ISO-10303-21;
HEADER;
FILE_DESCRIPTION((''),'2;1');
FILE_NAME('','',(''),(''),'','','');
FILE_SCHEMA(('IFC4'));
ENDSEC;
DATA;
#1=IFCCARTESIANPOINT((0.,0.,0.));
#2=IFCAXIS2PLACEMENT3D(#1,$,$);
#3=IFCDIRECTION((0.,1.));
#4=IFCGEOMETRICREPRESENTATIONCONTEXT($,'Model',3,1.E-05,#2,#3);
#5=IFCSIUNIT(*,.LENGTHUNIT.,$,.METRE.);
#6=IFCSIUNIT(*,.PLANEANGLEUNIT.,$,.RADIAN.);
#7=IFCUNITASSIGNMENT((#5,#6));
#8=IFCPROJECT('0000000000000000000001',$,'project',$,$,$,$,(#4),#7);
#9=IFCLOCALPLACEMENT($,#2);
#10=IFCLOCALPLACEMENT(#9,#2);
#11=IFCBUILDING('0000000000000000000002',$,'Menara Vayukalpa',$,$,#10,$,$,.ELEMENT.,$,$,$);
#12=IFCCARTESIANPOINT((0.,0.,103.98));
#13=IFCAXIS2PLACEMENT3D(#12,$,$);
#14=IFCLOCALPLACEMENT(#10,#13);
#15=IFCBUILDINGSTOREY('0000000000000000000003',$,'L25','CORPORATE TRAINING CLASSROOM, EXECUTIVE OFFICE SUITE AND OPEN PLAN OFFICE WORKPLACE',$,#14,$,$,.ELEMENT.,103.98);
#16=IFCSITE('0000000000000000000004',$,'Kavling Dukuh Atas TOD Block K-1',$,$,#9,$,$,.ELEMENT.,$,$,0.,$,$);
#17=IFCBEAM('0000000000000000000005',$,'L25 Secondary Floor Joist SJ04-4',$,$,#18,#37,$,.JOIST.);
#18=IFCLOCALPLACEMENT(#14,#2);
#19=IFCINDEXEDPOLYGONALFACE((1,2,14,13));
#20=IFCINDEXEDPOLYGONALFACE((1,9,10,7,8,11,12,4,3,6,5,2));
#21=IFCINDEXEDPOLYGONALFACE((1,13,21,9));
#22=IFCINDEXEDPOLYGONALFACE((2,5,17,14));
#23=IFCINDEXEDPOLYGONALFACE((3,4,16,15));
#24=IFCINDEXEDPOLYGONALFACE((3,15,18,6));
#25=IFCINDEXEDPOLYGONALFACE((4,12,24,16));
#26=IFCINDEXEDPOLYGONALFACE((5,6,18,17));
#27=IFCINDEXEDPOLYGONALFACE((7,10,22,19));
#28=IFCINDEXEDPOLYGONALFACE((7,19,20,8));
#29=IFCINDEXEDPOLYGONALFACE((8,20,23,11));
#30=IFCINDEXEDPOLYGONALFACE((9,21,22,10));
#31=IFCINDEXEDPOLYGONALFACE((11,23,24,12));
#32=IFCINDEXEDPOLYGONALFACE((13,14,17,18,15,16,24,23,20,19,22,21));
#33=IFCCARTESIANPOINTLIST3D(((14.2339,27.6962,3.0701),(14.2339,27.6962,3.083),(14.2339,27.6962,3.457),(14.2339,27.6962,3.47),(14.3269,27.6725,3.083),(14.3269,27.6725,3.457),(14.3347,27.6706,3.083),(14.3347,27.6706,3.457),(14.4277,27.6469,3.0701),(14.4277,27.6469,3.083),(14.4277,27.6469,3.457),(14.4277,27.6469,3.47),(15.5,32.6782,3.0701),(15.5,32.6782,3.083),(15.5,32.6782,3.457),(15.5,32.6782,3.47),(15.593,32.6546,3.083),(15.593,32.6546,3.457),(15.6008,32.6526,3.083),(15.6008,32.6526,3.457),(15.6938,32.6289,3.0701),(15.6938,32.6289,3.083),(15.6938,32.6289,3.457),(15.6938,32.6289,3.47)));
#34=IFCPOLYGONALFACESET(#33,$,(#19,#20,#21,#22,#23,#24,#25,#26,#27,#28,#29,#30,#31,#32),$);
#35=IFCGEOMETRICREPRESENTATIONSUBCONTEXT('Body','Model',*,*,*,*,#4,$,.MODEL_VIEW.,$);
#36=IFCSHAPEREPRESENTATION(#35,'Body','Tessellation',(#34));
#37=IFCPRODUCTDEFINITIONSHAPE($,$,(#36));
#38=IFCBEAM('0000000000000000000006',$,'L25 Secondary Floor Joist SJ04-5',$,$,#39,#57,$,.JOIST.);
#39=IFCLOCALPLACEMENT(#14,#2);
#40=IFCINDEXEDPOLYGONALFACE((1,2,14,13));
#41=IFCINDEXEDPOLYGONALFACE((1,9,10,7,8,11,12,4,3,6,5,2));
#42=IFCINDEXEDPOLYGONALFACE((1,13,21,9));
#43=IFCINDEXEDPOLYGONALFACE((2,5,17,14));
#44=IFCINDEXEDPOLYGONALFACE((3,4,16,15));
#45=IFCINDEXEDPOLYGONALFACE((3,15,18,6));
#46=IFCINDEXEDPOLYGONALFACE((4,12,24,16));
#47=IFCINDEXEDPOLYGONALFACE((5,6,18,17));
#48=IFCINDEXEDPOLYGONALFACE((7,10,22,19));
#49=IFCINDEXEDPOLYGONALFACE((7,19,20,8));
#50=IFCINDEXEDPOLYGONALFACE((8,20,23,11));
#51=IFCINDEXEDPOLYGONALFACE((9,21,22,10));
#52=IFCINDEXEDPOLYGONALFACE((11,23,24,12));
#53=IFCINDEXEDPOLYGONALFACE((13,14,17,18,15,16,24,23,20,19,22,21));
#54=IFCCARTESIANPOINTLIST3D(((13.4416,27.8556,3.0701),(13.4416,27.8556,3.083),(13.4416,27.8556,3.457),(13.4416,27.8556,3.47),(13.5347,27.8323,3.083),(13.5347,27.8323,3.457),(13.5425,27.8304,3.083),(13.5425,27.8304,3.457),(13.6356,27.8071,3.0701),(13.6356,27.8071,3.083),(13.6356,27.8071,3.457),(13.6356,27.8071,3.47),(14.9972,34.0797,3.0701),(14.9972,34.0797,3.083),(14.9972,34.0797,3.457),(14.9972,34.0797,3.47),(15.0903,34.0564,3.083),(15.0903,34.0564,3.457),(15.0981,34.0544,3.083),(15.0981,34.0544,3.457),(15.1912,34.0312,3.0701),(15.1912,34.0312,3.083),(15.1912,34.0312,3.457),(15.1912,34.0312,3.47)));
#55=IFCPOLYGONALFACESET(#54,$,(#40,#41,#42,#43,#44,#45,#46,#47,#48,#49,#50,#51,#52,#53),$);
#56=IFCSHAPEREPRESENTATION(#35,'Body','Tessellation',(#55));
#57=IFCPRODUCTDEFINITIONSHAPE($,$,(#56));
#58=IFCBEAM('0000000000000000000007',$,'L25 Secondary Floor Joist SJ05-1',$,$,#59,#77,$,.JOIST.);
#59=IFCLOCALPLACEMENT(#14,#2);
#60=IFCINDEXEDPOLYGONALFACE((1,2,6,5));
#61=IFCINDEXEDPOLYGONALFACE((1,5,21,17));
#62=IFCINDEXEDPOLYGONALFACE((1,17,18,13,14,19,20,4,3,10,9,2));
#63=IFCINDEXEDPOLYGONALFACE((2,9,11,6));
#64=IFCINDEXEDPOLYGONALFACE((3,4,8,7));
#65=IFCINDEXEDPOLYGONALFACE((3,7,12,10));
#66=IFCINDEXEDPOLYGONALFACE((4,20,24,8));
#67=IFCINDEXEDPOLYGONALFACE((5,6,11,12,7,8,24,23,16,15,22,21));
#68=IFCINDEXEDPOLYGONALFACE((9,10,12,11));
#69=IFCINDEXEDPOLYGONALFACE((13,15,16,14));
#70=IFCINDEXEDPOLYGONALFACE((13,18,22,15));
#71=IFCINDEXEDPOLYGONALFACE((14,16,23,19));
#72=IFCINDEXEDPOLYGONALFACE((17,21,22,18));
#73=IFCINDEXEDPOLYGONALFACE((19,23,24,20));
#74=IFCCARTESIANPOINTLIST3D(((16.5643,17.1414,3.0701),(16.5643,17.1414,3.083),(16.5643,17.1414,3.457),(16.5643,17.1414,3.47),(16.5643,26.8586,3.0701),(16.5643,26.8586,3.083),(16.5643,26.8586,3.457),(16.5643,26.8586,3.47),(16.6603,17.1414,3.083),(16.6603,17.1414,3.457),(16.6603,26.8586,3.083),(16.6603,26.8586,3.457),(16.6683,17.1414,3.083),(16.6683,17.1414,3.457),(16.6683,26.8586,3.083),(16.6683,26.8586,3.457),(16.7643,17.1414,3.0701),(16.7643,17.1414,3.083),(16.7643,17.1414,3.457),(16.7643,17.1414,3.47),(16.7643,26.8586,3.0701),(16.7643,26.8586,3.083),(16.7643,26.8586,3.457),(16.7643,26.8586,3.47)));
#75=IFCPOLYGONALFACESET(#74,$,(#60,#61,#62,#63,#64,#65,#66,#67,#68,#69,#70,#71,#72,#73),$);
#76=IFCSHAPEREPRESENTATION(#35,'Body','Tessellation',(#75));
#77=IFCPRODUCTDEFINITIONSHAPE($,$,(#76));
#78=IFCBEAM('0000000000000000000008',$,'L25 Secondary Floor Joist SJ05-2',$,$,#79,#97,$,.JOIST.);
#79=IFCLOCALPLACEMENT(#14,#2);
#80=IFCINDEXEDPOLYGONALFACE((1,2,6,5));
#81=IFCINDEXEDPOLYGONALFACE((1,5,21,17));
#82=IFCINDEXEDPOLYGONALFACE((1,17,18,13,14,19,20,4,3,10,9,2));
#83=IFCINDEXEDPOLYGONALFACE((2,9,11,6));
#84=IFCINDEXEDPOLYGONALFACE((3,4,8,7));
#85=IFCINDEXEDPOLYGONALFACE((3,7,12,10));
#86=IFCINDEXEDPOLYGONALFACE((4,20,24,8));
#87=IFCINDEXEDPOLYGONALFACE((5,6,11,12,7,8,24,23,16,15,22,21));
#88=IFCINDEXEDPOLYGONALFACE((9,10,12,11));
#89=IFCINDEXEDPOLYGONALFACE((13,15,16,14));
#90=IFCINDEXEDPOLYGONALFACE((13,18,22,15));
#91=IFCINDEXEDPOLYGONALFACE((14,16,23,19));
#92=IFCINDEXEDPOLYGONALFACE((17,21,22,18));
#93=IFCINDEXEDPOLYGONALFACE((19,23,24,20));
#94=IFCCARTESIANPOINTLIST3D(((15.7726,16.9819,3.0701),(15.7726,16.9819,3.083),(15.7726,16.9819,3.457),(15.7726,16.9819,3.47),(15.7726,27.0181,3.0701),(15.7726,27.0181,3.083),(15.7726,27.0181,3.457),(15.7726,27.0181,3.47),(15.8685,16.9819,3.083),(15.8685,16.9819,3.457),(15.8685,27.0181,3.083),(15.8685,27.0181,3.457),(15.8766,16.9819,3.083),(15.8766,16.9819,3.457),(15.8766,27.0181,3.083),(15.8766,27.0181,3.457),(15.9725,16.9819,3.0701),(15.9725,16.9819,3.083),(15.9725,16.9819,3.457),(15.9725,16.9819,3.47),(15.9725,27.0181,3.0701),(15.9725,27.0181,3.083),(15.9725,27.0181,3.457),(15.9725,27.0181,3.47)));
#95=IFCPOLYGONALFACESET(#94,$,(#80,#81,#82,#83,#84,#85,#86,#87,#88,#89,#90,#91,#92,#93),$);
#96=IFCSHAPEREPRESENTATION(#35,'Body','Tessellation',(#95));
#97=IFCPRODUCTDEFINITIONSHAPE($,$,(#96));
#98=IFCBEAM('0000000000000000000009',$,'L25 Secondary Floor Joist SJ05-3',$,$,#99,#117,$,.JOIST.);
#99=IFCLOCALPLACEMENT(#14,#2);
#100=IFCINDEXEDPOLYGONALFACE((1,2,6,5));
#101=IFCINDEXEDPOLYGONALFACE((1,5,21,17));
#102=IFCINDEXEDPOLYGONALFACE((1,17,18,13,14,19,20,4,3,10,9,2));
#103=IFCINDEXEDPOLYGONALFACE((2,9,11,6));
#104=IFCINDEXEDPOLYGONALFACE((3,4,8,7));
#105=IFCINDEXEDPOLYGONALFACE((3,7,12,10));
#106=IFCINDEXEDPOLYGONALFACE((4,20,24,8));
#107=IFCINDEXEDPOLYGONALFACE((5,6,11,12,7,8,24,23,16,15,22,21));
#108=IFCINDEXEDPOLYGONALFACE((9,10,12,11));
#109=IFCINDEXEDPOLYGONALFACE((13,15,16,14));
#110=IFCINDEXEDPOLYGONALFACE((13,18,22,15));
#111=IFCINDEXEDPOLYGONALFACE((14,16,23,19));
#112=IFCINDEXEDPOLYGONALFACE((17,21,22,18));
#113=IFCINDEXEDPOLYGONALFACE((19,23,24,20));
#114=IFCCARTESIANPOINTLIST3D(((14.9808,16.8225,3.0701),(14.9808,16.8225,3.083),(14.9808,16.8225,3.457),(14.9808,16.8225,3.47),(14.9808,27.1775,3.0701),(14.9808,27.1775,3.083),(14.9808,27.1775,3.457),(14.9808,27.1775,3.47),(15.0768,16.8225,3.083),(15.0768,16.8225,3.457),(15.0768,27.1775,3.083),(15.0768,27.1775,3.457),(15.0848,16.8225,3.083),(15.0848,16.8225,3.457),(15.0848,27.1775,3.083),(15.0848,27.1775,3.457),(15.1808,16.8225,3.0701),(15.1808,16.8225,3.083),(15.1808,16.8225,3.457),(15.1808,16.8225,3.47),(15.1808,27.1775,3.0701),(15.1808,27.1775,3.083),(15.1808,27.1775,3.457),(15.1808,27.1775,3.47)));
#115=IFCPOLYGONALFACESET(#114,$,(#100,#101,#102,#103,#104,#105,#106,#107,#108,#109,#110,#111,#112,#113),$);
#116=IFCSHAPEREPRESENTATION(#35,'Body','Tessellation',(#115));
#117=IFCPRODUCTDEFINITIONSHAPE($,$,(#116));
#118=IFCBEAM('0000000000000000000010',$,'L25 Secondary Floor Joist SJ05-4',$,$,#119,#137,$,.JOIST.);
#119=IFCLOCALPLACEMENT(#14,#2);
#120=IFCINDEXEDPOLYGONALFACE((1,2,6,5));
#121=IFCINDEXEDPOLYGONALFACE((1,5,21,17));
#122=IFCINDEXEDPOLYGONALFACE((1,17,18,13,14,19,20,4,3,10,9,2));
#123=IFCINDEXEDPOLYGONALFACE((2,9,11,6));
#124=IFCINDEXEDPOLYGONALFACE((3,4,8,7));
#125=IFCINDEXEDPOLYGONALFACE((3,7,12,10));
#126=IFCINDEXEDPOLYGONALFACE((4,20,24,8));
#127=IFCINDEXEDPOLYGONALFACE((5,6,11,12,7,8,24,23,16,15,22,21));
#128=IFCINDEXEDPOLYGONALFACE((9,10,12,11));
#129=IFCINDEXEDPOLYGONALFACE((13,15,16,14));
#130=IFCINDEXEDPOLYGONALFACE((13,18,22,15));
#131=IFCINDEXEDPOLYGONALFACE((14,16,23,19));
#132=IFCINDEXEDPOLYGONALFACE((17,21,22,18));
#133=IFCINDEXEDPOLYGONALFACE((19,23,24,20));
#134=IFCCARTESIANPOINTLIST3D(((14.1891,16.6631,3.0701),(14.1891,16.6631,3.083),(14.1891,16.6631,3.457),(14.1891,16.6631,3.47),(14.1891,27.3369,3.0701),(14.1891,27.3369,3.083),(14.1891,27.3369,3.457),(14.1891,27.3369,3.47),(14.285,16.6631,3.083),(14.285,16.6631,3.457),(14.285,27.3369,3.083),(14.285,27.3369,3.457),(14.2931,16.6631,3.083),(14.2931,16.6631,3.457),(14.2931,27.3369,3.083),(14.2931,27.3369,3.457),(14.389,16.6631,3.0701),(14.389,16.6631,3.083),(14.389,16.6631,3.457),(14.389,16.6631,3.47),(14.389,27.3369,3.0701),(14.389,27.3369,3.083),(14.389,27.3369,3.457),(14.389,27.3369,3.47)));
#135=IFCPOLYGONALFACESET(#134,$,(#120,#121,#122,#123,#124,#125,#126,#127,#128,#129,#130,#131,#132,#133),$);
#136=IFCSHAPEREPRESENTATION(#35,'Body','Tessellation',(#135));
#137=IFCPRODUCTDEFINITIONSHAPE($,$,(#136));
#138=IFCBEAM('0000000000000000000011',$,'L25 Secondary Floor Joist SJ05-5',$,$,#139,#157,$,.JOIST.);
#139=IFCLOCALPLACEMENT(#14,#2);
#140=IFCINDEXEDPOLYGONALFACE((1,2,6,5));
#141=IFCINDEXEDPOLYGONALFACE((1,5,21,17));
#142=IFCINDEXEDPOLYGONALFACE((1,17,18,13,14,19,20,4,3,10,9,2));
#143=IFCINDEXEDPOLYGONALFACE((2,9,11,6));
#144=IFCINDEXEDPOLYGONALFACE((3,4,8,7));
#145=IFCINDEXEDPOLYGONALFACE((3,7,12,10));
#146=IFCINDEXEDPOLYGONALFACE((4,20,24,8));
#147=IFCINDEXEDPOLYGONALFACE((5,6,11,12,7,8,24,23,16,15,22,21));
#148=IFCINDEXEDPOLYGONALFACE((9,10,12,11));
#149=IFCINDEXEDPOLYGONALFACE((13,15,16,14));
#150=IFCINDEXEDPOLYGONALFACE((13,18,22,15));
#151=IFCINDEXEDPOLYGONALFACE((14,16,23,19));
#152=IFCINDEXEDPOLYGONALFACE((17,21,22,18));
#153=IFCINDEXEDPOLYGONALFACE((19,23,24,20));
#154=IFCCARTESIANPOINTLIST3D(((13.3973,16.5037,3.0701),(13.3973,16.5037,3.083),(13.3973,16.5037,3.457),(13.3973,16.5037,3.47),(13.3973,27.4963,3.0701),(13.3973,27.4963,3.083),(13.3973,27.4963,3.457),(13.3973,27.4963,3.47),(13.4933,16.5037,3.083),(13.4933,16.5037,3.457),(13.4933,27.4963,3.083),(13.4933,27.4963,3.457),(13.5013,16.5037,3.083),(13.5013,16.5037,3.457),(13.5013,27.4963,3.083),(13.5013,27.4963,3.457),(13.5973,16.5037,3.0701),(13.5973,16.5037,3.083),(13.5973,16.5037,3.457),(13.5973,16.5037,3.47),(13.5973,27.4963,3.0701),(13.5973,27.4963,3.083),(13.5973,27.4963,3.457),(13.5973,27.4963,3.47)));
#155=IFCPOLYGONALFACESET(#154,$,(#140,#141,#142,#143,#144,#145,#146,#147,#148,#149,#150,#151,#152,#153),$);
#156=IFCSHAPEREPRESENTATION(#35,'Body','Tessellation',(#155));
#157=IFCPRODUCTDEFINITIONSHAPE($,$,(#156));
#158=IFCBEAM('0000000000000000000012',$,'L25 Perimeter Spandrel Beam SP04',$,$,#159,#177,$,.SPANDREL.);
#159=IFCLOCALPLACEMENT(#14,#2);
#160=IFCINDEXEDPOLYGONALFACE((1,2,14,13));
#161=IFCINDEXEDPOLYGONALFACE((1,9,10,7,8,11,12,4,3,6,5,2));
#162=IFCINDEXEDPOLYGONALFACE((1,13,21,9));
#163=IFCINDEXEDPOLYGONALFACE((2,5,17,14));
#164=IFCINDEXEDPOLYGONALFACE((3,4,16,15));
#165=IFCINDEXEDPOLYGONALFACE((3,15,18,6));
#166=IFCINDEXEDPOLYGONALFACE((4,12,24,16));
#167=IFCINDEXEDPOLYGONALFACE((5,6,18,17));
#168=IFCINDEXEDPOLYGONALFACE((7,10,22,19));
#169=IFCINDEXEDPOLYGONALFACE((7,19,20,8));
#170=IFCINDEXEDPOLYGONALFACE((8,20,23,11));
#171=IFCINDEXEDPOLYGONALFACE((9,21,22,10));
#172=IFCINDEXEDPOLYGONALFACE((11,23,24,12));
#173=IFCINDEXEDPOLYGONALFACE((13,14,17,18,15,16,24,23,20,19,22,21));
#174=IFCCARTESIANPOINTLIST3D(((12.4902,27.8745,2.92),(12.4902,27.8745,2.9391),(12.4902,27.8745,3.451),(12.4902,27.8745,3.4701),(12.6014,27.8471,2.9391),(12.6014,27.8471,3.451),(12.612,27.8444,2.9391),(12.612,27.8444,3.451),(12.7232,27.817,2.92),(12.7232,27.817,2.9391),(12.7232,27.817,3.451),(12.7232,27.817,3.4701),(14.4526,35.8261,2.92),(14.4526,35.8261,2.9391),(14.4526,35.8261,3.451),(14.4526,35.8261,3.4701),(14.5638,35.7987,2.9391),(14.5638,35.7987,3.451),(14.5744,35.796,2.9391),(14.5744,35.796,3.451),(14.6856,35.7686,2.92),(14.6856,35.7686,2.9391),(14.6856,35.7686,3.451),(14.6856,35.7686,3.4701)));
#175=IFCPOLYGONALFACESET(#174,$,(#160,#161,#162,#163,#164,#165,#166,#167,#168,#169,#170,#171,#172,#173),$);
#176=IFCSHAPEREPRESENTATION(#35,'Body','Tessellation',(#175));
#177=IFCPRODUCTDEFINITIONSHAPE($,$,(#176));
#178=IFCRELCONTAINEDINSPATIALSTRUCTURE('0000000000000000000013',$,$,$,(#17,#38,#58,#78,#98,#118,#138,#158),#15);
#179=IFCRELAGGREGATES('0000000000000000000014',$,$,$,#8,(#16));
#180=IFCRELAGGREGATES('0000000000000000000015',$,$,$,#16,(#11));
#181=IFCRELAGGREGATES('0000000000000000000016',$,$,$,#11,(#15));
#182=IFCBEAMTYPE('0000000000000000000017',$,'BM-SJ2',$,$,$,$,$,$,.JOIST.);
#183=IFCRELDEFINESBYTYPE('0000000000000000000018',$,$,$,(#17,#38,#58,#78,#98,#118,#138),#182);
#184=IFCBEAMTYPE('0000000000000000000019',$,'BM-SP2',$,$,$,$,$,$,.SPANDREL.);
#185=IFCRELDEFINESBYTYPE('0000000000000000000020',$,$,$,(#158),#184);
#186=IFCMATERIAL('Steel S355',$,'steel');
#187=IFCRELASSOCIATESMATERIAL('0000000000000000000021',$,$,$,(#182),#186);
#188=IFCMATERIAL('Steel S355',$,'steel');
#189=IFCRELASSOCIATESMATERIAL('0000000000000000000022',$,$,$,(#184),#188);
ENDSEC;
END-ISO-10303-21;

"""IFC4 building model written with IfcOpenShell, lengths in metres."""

from ifc_helpers import new_model, si_unit, direction, frame, origin, origin_2d, place, context, subcontext, project, spatial, i_section, extrude, material, material_profile, profile_set, type_object, element, save


model = new_model("IFC4")

# Units and contexts
model_context = context("Model", 3, precision=1e-05, world=origin(), true_north=direction((0.0, 1.0)))
body_context = subcontext(model_context, "Body", "Model", "MODEL_VIEW")
ifc_project = project(units=[si_unit("LENGTHUNIT", "METRE"), si_unit("PLANEANGLEUNIT", "RADIAN")], contexts=[model_context])

# Site, building, storey
site_placement = place(None, origin())
site = spatial("IfcSite", under=ifc_project, at=site_placement, Name="Kavling Dukuh Atas TOD Block K-1", CompositionType="ELEMENT", RefElevation=0.0)
building_placement = place(site_placement, origin())
building = spatial("IfcBuilding", under=site, at=building_placement, Name="Menara Vayukalpa", CompositionType="ELEMENT")
storey_placement = place(building_placement, frame((0.0, 0.0, 103.98)))
storey = spatial("IfcBuildingStorey", under=building, at=storey_placement, Name="L25", Description="CORPORATE TRAINING CLASSROOM, EXECUTIVE OFFICE SUITE AND OPEN PLAN OFFICE WORKPLACE", CompositionType="ELEMENT", Elevation=103.98)

# Beams
ifc_material_1 = material(Name="Steel S355", Category="steel")
ifc_material_profile_1 = material_profile(ifc_material_1, i_section(OverallWidth=0.2, OverallDepth=0.3999, WebThickness=0.0081, FlangeThickness=0.0129, at=origin_2d()), Name="WF 400x200x8x13")
ifc_profile_set_1 = profile_set([ifc_material_profile_1], Name="Steel S355")
beam_type_1 = type_object("IfcBeamType", Name="BM-SJ2", PredefinedType="JOIST", material=ifc_profile_set_1)
beam_1_placement = place(storey_placement, frame((15.5969, 32.6536, 3.27), z_axis=(-0.246311, -0.969191, 0.0), x_axis=(0.969191, -0.246311, 0.0)))
element("IfcBeam", 1, at=beam_1_placement, inside=storey, type_object=beam_type_1, Name="L25 Secondary Floor Joist SJ04-4", PredefinedType="JOIST", context=body_context, shape_type="SweptSolid", body=[
    extrude(i_section(OverallWidth=0.2, OverallDepth=0.3999, WebThickness=0.0081, FlangeThickness=0.0129, at=origin_2d()), origin(), (0.0, 0.0, 1.0), 5.1404),
])
beam_2_placement = place(storey_placement, frame((15.0942, 34.0554, 3.27), z_axis=(-0.242482, -0.970156, 0.0), x_axis=(0.970156, -0.242482, 0.0)))
element("IfcBeam", 2, at=beam_2_placement, inside=storey, type_object=beam_type_1, Name="L25 Secondary Floor Joist SJ04-5", PredefinedType="JOIST", context=body_context, shape_type="SweptSolid", body=[
    extrude(i_section(OverallWidth=0.2, OverallDepth=0.3999, WebThickness=0.0081, FlangeThickness=0.0129, at=origin_2d()), origin(), (0.0, 0.0, 1.0), 6.4155),
])
beam_3_placement = place(storey_placement, frame((16.6643, 26.8586, 3.27), z_axis=(0.0, -1.0, 0.0), x_axis=(1.0, 0.0, 0.0)))
element("IfcBeam", 3, at=beam_3_placement, inside=storey, type_object=beam_type_1, Name="L25 Secondary Floor Joist SJ05-1", PredefinedType="JOIST", context=body_context, shape_type="SweptSolid", body=[
    extrude(i_section(OverallWidth=0.2, OverallDepth=0.3999, WebThickness=0.0081, FlangeThickness=0.0129, at=origin_2d()), origin(), (0.0, 0.0, 1.0), 9.7173),
])
beam_4_placement = place(storey_placement, frame((15.8726, 27.0181, 3.27), z_axis=(0.0, -1.0, 0.0), x_axis=(1.0, 0.0, 0.0)))
element("IfcBeam", 4, at=beam_4_placement, inside=storey, type_object=beam_type_1, Name="L25 Secondary Floor Joist SJ05-2", PredefinedType="JOIST", context=body_context, shape_type="SweptSolid", body=[
    extrude(i_section(OverallWidth=0.2, OverallDepth=0.3999, WebThickness=0.0081, FlangeThickness=0.0129, at=origin_2d()), origin(), (0.0, 0.0, 1.0), 10.0361),
])
beam_5_placement = place(storey_placement, frame((15.0808, 27.1775, 3.27), z_axis=(0.0, -1.0, 0.0), x_axis=(1.0, 0.0, 0.0)))
element("IfcBeam", 5, at=beam_5_placement, inside=storey, type_object=beam_type_1, Name="L25 Secondary Floor Joist SJ05-3", PredefinedType="JOIST", context=body_context, shape_type="SweptSolid", body=[
    extrude(i_section(OverallWidth=0.2, OverallDepth=0.3999, WebThickness=0.0081, FlangeThickness=0.0129, at=origin_2d()), origin(), (0.0, 0.0, 1.0), 10.355),
])
beam_6_placement = place(storey_placement, frame((14.2891, 27.3369, 3.27), z_axis=(0.0, -1.0, 0.0), x_axis=(1.0, 0.0, 0.0)))
element("IfcBeam", 6, at=beam_6_placement, inside=storey, type_object=beam_type_1, Name="L25 Secondary Floor Joist SJ05-4", PredefinedType="JOIST", context=body_context, shape_type="SweptSolid", body=[
    extrude(i_section(OverallWidth=0.2, OverallDepth=0.3999, WebThickness=0.0081, FlangeThickness=0.0129, at=origin_2d()), origin(), (0.0, 0.0, 1.0), 10.6738),
])
beam_7_placement = place(storey_placement, frame((13.4973, 27.4963, 3.27), z_axis=(0.0, -1.0, 0.0), x_axis=(1.0, 0.0, 0.0)))
element("IfcBeam", 7, at=beam_7_placement, inside=storey, type_object=beam_type_1, Name="L25 Secondary Floor Joist SJ05-5", PredefinedType="JOIST", context=body_context, shape_type="SweptSolid", body=[
    extrude(i_section(OverallWidth=0.2, OverallDepth=0.3999, WebThickness=0.0081, FlangeThickness=0.0129, at=origin_2d()), origin(), (0.0, 0.0, 1.0), 10.9927),
])
ifc_material_2 = material(Name="Steel S355", Category="steel")
ifc_material_profile_2 = material_profile(ifc_material_2, i_section(OverallWidth=0.24, OverallDepth=0.55, WebThickness=0.011, FlangeThickness=0.019, at=origin_2d()), Name="WF 550x240x11x19")
ifc_profile_set_2 = profile_set([ifc_material_profile_2], Name="Steel S355")
beam_type_2 = type_object("IfcBeamType", Name="BM-SP2", PredefinedType="SPANDREL", material=ifc_profile_set_2)
beam_8_placement = place(storey_placement, frame((14.5691, 35.7974, 3.1951), z_axis=(-0.239603, -0.970871, 0.0), x_axis=(0.970871, -0.239603, 0.0)))
element("IfcBeam", 8, at=beam_8_placement, inside=storey, type_object=beam_type_2, Name="L25 Perimeter Spandrel Beam SP04", PredefinedType="SPANDREL", context=body_context, shape_type="SweptSolid", body=[
    extrude(i_section(OverallWidth=0.24, OverallDepth=0.55, WebThickness=0.011, FlangeThickness=0.019, at=origin_2d()), origin(), (0.0, 0.0, 1.0), 8.1902),
])

save(model, "model.ifc")
